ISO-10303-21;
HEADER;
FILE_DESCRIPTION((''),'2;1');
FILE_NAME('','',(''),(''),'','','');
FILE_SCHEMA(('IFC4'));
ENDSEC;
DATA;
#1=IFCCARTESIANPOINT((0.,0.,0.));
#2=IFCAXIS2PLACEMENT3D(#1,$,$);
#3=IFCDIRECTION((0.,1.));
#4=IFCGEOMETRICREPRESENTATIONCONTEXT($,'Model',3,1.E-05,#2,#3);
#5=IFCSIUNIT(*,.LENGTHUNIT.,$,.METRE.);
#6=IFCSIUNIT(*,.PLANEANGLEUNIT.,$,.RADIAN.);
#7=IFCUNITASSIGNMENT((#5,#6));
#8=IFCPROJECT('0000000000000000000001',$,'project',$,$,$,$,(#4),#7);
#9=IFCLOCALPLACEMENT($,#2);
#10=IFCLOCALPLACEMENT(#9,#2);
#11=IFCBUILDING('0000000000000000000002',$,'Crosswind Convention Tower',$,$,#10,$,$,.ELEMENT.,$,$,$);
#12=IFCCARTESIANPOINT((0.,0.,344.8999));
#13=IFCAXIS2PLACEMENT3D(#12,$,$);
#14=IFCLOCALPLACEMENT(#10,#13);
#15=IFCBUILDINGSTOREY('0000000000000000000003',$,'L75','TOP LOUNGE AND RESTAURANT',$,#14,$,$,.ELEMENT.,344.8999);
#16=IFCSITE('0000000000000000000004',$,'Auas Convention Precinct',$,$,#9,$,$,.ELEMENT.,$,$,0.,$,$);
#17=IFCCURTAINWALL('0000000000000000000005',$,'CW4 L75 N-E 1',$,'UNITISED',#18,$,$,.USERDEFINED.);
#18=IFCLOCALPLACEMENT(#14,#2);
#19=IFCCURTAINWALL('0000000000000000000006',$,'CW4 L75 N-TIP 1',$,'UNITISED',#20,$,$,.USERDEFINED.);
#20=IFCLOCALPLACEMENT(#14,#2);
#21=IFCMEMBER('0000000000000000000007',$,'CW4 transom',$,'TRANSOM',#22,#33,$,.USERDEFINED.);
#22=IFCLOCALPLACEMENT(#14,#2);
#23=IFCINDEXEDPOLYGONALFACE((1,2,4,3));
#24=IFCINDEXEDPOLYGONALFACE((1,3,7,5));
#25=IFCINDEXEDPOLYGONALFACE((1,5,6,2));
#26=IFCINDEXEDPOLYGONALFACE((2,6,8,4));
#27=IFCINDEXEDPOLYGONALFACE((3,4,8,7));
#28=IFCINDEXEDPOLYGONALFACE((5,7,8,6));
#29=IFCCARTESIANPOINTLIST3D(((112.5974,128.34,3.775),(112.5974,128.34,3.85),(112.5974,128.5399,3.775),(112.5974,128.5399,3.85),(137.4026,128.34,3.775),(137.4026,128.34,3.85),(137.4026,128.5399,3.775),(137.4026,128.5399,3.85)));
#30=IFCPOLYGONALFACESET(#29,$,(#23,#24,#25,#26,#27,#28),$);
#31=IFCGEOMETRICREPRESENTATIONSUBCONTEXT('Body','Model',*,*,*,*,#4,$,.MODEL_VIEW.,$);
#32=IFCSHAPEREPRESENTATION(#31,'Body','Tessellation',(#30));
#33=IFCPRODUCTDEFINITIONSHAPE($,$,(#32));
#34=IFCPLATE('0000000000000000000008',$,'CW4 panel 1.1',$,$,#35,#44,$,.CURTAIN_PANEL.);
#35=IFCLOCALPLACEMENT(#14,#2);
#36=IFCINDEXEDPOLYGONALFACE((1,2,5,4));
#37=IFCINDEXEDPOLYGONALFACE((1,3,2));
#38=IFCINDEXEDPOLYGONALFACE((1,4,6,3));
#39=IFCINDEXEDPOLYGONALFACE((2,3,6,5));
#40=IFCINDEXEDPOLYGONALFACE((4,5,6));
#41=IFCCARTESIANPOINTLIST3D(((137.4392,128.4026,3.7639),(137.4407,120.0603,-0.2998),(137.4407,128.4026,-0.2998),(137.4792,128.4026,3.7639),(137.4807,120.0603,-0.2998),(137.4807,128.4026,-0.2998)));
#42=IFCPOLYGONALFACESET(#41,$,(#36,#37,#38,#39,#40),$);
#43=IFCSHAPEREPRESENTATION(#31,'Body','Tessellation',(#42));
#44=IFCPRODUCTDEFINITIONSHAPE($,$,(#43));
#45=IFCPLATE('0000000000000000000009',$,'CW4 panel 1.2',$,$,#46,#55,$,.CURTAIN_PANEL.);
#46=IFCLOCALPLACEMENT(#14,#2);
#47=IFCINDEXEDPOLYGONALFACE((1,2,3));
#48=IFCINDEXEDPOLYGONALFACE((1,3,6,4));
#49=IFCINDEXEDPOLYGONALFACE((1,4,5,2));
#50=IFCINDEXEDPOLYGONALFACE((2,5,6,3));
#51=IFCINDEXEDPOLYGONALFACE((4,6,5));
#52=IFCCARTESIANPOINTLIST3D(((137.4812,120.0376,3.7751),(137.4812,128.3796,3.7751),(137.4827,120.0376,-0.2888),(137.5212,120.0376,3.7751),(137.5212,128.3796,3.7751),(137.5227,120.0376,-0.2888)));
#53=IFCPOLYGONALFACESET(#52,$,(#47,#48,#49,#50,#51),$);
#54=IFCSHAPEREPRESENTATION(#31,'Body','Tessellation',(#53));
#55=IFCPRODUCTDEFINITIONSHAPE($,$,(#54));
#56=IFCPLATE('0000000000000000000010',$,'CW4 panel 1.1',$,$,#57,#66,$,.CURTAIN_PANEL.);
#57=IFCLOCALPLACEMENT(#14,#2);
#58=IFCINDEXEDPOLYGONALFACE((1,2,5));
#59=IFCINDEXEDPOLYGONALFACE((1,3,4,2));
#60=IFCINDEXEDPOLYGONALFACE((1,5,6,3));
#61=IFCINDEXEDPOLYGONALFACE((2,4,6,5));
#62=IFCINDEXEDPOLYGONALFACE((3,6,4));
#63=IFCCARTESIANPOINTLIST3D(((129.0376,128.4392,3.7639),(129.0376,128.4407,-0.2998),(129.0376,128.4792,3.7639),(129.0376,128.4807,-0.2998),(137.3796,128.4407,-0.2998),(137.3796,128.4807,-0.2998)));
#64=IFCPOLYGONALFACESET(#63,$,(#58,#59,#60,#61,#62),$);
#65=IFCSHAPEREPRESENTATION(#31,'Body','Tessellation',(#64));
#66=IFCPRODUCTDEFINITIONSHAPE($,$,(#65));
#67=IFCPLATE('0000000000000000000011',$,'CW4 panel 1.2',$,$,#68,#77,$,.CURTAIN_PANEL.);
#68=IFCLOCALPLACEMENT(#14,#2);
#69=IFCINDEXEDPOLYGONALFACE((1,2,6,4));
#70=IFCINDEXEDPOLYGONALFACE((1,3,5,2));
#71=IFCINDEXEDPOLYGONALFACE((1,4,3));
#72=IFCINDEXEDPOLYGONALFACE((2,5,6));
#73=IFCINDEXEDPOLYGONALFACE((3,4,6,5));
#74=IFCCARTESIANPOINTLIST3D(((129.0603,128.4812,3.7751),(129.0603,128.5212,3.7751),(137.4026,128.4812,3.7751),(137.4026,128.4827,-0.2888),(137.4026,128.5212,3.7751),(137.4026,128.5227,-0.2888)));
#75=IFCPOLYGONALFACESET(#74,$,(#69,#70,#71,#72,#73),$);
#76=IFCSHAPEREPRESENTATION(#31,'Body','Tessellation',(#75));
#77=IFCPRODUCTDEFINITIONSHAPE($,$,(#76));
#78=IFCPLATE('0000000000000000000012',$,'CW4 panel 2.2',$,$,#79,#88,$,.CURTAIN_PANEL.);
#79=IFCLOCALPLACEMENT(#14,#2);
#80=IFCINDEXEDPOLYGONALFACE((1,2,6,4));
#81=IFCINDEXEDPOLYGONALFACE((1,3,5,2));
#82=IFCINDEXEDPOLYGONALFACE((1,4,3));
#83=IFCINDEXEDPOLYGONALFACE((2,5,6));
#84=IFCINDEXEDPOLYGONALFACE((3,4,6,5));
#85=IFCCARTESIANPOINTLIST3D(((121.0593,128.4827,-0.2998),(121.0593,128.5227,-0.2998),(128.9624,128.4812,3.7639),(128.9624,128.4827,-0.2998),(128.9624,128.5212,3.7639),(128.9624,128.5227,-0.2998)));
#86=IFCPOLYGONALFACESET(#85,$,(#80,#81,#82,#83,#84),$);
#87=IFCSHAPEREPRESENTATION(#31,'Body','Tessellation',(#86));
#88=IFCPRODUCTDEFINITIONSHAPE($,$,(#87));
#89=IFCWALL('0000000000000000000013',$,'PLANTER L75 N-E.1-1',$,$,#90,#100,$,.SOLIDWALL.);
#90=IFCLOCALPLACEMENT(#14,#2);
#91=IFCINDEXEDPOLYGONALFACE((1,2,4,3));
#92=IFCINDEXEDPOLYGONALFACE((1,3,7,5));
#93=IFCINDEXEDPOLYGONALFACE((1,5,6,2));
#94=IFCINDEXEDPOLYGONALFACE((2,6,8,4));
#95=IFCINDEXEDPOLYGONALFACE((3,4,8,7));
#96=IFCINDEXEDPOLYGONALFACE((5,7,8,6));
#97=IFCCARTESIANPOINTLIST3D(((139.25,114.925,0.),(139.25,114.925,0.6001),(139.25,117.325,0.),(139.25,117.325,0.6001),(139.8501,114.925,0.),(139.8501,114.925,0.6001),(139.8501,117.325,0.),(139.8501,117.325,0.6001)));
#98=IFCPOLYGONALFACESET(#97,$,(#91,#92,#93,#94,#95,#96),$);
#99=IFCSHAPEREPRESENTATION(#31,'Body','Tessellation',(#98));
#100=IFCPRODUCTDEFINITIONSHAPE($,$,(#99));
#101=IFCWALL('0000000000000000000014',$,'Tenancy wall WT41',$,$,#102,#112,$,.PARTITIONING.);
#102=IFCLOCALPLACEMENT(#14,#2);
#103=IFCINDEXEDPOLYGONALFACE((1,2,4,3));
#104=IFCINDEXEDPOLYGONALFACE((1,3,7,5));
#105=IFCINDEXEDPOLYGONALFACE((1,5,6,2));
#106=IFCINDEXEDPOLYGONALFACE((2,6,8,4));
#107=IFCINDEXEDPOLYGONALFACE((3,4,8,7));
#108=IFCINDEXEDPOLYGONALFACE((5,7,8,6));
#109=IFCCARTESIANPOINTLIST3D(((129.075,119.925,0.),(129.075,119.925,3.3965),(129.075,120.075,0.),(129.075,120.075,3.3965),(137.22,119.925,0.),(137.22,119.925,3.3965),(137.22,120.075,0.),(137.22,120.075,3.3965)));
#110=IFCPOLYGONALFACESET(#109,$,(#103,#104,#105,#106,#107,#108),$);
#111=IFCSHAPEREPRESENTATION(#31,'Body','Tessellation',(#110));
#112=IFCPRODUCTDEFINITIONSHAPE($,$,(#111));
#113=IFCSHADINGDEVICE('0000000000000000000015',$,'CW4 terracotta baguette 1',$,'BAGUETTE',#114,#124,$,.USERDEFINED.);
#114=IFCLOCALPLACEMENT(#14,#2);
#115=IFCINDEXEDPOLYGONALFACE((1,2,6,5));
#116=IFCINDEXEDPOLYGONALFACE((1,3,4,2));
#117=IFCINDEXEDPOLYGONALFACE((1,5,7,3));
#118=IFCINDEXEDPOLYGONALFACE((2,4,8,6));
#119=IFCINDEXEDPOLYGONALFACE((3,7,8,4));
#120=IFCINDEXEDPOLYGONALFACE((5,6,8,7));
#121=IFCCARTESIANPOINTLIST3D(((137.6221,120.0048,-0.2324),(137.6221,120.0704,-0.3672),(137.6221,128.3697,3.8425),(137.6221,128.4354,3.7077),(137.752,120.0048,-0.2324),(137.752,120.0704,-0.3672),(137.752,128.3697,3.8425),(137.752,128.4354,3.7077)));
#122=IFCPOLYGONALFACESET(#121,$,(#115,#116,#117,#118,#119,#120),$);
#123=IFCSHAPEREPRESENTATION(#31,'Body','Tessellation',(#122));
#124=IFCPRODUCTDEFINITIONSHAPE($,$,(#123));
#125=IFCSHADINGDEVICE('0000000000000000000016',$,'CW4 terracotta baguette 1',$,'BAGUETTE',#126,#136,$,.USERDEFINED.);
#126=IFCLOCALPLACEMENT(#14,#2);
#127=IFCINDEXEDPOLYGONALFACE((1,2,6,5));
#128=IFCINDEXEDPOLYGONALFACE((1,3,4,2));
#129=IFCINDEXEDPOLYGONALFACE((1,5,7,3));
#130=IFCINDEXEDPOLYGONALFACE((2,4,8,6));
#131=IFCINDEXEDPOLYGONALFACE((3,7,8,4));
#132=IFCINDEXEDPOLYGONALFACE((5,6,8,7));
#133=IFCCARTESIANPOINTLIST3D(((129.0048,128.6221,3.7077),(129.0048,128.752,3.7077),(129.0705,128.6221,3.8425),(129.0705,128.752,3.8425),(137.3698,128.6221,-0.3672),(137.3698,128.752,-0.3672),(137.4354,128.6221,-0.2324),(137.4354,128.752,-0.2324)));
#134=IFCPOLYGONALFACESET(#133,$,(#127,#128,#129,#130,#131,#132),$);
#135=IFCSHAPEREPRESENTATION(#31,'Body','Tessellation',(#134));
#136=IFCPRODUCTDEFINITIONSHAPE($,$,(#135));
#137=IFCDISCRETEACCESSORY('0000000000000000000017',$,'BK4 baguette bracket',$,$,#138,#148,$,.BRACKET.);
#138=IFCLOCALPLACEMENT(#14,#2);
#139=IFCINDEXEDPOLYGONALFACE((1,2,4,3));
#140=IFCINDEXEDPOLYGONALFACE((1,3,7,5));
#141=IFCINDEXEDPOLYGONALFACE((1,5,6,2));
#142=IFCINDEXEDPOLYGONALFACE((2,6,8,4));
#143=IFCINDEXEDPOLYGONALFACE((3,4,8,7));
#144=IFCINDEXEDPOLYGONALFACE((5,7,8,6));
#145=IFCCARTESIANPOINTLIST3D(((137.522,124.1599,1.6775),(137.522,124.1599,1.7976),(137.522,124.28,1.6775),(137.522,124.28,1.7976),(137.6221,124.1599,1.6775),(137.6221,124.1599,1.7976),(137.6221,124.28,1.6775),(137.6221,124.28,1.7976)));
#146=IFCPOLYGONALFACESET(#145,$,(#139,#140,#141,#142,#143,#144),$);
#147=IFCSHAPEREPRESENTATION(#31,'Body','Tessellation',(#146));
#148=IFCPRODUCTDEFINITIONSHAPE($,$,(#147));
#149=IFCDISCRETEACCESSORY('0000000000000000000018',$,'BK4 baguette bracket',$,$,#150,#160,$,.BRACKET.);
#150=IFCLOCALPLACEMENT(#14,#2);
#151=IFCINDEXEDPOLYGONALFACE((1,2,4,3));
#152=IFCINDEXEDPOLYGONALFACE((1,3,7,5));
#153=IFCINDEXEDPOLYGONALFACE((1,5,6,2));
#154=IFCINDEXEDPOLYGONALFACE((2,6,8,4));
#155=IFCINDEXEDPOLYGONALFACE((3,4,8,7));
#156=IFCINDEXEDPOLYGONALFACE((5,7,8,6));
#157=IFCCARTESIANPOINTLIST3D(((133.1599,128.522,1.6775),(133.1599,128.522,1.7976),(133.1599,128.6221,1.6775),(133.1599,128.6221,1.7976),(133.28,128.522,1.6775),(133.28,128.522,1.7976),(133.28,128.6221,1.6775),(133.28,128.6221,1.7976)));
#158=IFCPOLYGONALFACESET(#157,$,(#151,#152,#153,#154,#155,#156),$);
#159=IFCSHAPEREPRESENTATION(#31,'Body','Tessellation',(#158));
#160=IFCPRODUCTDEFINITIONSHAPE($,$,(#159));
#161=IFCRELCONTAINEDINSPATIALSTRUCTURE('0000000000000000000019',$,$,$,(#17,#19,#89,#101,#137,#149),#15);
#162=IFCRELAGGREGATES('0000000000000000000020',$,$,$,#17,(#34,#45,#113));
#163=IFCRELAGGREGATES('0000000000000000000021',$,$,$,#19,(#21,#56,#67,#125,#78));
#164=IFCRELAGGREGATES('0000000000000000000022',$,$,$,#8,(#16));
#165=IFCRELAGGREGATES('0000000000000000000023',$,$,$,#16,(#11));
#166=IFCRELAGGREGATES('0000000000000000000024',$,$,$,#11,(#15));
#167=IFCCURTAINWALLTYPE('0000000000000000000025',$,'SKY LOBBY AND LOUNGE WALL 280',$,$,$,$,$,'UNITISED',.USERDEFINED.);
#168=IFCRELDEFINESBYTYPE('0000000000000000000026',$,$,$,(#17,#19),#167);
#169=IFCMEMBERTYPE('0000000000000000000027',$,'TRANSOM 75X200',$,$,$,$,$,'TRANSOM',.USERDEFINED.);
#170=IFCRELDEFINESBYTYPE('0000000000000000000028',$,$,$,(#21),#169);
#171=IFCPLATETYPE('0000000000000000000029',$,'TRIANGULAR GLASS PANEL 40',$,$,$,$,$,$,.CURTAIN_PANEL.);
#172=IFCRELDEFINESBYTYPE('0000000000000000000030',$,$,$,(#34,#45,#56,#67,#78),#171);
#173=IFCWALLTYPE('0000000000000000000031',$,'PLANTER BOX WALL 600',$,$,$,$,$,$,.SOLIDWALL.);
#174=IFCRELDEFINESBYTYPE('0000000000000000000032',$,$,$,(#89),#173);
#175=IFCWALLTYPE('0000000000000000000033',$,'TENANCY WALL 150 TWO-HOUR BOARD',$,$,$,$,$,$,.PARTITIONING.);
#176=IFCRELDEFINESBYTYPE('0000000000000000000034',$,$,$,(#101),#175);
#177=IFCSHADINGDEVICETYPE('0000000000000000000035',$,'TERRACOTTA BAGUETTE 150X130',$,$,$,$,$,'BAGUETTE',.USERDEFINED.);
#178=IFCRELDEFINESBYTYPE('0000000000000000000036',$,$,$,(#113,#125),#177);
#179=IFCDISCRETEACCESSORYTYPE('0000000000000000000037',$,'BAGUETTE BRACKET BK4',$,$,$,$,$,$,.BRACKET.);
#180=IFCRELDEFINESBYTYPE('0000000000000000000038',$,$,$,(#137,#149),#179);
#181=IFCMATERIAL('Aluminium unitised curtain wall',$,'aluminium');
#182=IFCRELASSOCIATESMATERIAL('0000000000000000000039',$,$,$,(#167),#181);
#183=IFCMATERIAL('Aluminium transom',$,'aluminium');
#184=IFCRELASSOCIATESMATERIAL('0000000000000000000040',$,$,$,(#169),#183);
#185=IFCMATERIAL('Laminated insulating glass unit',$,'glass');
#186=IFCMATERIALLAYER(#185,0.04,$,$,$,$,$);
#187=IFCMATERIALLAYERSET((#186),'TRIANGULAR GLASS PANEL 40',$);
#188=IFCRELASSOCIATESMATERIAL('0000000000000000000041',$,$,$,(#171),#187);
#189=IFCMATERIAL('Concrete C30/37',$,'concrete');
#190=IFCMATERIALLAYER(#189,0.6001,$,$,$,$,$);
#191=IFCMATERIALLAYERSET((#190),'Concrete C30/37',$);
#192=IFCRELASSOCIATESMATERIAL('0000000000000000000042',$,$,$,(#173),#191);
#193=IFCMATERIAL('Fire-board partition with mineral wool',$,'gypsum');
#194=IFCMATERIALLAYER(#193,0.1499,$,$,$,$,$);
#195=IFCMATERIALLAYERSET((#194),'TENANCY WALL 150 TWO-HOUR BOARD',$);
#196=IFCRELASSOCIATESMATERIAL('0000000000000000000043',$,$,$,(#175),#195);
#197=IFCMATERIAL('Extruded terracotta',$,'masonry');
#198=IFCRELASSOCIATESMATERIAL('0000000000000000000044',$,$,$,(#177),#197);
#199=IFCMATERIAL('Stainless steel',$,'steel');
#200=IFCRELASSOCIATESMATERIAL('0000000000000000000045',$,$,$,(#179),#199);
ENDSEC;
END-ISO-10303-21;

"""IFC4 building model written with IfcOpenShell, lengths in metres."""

from ifc_helpers import new_model, si_unit, direction, frame, frame_2d, origin, origin_2d, place, context, subcontext, project, spatial, polyline, rectangle, outline, extrude, material, layer, layer_set, material_profile, profile_set, type_object, element, aggregate, save


model = new_model("IFC4")

# Units and contexts
model_context = context("Model", 3, precision=1e-05, world=origin(), true_north=direction((0.0, 1.0)))
body_context = subcontext(model_context, "Body", "Model", "MODEL_VIEW")
ifc_project = project(units=[si_unit("LENGTHUNIT", "METRE"), si_unit("PLANEANGLEUNIT", "RADIAN")], contexts=[model_context])

# Site, building, storey
site_placement = place(None, origin())
site = spatial("IfcSite", under=ifc_project, at=site_placement, Name="Auas Convention Precinct", CompositionType="ELEMENT", RefElevation=0.0)
building_placement = place(site_placement, origin())
building = spatial("IfcBuilding", under=site, at=building_placement, Name="Crosswind Convention Tower", CompositionType="ELEMENT")
storey_placement = place(building_placement, frame((0.0, 0.0, 344.8999)))
storey = spatial("IfcBuildingStorey", under=building, at=storey_placement, Name="L75", Description="TOP LOUNGE AND RESTAURANT", CompositionType="ELEMENT", Elevation=344.8999)

# Curtain wall
ifc_material_1 = material(Name="Aluminium unitised curtain wall", Category="aluminium")
curtain_wall_type = type_object("IfcCurtainWallType", Name="SKY LOBBY AND LOUNGE WALL 280", ElementType="UNITISED", PredefinedType="USERDEFINED", material=ifc_material_1)
curtain_wall_1_placement = place(storey_placement, origin())
curtain_wall_1 = element("IfcCurtainWall", 1, at=curtain_wall_1_placement, inside=storey, type_object=curtain_wall_type, Name="CW4 L75 N-E 1", ObjectType="UNITISED", PredefinedType="USERDEFINED")

# Curtain wall
curtain_wall_2_placement = place(storey_placement, origin())
curtain_wall_2 = element("IfcCurtainWall", 2, at=curtain_wall_2_placement, inside=storey, type_object=curtain_wall_type, Name="CW4 L75 N-TIP 1", ObjectType="UNITISED", PredefinedType="USERDEFINED")

# Member
ifc_material_2 = material(Name="Aluminium transom", Category="aluminium")
ifc_material_profile_1 = material_profile(ifc_material_2, rectangle(XDim=0.2, YDim=0.075, at=origin_2d()), Name="AL 200X75")
ifc_profile_set_1 = profile_set([ifc_material_profile_1], Name="Aluminium transom")
member_type_1 = type_object("IfcMemberType", Name="TRANSOM 75X200", ElementType="TRANSOM", PredefinedType="USERDEFINED", material=ifc_profile_set_1)
member_1_placement = place(storey_placement, frame((137.4026, 128.4399, 3.8125), z_axis=(-1.0, 0.0, 0.0), x_axis=(0.0, -1.0, 0.0)))
member_1 = element("IfcMember", 3, at=member_1_placement, type_object=member_type_1, Name="CW4 transom", ObjectType="TRANSOM", PredefinedType="USERDEFINED", context=body_context, shape_type="SweptSolid", body=[
    extrude(rectangle(XDim=0.2, YDim=0.075, at=origin_2d()), origin(), (0.0, 0.0, 1.0), 24.8052),
])

# Plates
ifc_material_3 = material(Name="Laminated insulating glass unit", Category="glass")
ifc_layer_1 = layer(ifc_material_3, 0.04)
ifc_layer_set_1 = layer_set([ifc_layer_1], Name="TRIANGULAR GLASS PANEL 40")
plate_type = type_object("IfcPlateType", Name="TRIANGULAR GLASS PANEL 40", PredefinedType="CURTAIN_PANEL", material=ifc_layer_set_1)
plate_1_placement = place(storey_placement, frame((137.4807, 128.4026, -0.2998), z_axis=(1.0, 0.0, 0.00036), x_axis=(-0.00036, 0.0, 1.0)))
plate_1 = element("IfcPlate", 4, at=plate_1_placement, type_object=plate_type, Name="CW4 panel 1.1", PredefinedType="CURTAIN_PANEL", context=body_context, shape_type="SweptSolid", body=[
    extrude(outline(polyline([(0.0, 0.0), (4.0637, 0.0), (0.0, 8.3423), (0.0, 0.0)])), origin(), (0.0, 0.0, -1.0), 0.04),
])
plate_2_placement = place(storey_placement, frame((137.5212, 120.0376, 3.7751), z_axis=(1.0, 0.0, 0.00036), x_axis=(0.00036, 0.0, -1.0)))
plate_2 = element("IfcPlate", 5, at=plate_2_placement, type_object=plate_type, Name="CW4 panel 1.2", PredefinedType="CURTAIN_PANEL", context=body_context, shape_type="SweptSolid", body=[
    extrude(outline(polyline([(0.0, 0.0), (4.064, 0.0), (0.0, 8.342), (0.0, 0.0)])), origin(), (0.0, 0.0, -1.0), 0.04),
])
plate_3_placement = place(storey_placement, frame((129.0376, 128.4807, -0.2998), z_axis=(0.0, 1.0, 0.00036), x_axis=(0.0, -0.00036, 1.0)))
plate_3 = element("IfcPlate", 6, at=plate_3_placement, type_object=plate_type, Name="CW4 panel 1.1", PredefinedType="CURTAIN_PANEL", context=body_context, shape_type="SweptSolid", body=[
    extrude(outline(polyline([(0.0, 0.0), (4.0637, 0.0), (0.0, 8.342), (0.0, 0.0)])), origin(), (0.0, 0.0, -1.0), 0.04),
])
plate_4_placement = place(storey_placement, frame((137.4026, 128.5212, 3.7751), z_axis=(0.0, 1.0, 0.00036), x_axis=(0.0, 0.00036, -1.0)))
plate_4 = element("IfcPlate", 7, at=plate_4_placement, type_object=plate_type, Name="CW4 panel 1.2", PredefinedType="CURTAIN_PANEL", context=body_context, shape_type="SweptSolid", body=[
    extrude(outline(polyline([(0.0, 0.0), (4.064, 0.0), (0.0, 8.3423), (0.0, 0.0)])), origin(), (0.0, 0.0, -1.0), 0.04),
])
plate_5_placement = place(storey_placement, frame((128.9624, 128.5227, -0.2998), z_axis=(0.0, 1.0, 0.00036), x_axis=(-1.0, 0.0, 0.0)))
plate_5 = element("IfcPlate", 8, at=plate_5_placement, type_object=plate_type, Name="CW4 panel 2.2", PredefinedType="CURTAIN_PANEL", context=body_context, shape_type="SweptSolid", body=[
    extrude(outline(polyline([(0.0, 0.0), (7.9031, 0.0), (0.0, 4.0637), (0.0, 0.0)])), origin(), (0.0, 0.0, -1.0), 0.04),
])

# Walls
ifc_material_4 = material(Name="Concrete C30/37", Category="concrete")
ifc_layer_2 = layer(ifc_material_4, 0.6001)
ifc_layer_set_2 = layer_set([ifc_layer_2], Name="Concrete C30/37")
wall_type_1 = type_object("IfcWallType", Name="PLANTER BOX WALL 600", PredefinedType="SOLIDWALL", material=ifc_layer_set_2)
wall_1_placement = place(storey_placement, frame((139.55, 114.925, 0.0), z_axis=(0.0, 0.0, 1.0), x_axis=(0.0, 1.0, 0.0)))
element("IfcWall", 9, at=wall_1_placement, inside=storey, type_object=wall_type_1, Name="PLANTER L75 N-E.1-1", PredefinedType="SOLIDWALL", context=body_context, shape_type="SweptSolid", body=[
    extrude(rectangle(XDim=2.3999, YDim=0.6001, at=frame_2d((1.2, 0.0))), origin(), (0.0, 0.0, 1.0), 0.6001),
])
ifc_material_5 = material(Name="Fire-board partition with mineral wool", Category="gypsum")
ifc_layer_3 = layer(ifc_material_5, 0.1499)
ifc_layer_set_3 = layer_set([ifc_layer_3], Name="TENANCY WALL 150 TWO-HOUR BOARD")
wall_type_2 = type_object("IfcWallType", Name="TENANCY WALL 150 TWO-HOUR BOARD", PredefinedType="PARTITIONING", material=ifc_layer_set_3)
wall_2_placement = place(storey_placement, frame((129.075, 120.0, 0.0), z_axis=(0.0, 0.0, 1.0), x_axis=(1.0, 0.0, 0.0)))
element("IfcWall", 10, at=wall_2_placement, inside=storey, type_object=wall_type_2, Name="Tenancy wall WT41", PredefinedType="PARTITIONING", context=body_context, shape_type="SweptSolid", body=[
    extrude(rectangle(XDim=8.145, YDim=0.1499, at=frame_2d((4.0725, 0.0))), origin(), (0.0, 0.0, 1.0), 3.3965),
])

# Shading devices
ifc_material_6 = material(Name="Extruded terracotta", Category="masonry")
ifc_material_profile_2 = material_profile(ifc_material_6, rectangle(XDim=0.1299, YDim=0.1499, at=origin_2d()), Name="TC 130X150")
ifc_profile_set_2 = profile_set([ifc_material_profile_2], Name="Extruded terracotta")
shading_device_type = type_object("IfcShadingDeviceType", Name="TERRACOTTA BAGUETTE 150X130", ElementType="BAGUETTE", PredefinedType="USERDEFINED", material=ifc_profile_set_2)
shading_device_1_placement = place(storey_placement, frame((137.687, 120.0376, -0.2998), z_axis=(0.0, 0.899003, 0.437943), x_axis=(-1.0, 0.0, 0.0)))
shading_device_1 = element("IfcShadingDevice", 11, at=shading_device_1_placement, type_object=shading_device_type, Name="CW4 terracotta baguette 1", ObjectType="BAGUETTE", PredefinedType="USERDEFINED", context=body_context, shape_type="SweptSolid", body=[
    extrude(rectangle(XDim=0.1299, YDim=0.1499, at=origin_2d()), origin(), (0.0, 0.0, 1.0), 9.3047),
])
aggregate(curtain_wall_1, [plate_1, plate_2, shading_device_1])
shading_device_2_placement = place(storey_placement, frame((137.4026, 128.687, -0.2998), z_axis=(-0.899003, 0.0, 0.437943), x_axis=(0.0, -1.0, 0.0)))
shading_device_2 = element("IfcShadingDevice", 12, at=shading_device_2_placement, type_object=shading_device_type, Name="CW4 terracotta baguette 1", ObjectType="BAGUETTE", PredefinedType="USERDEFINED", context=body_context, shape_type="SweptSolid", body=[
    extrude(rectangle(XDim=0.1299, YDim=0.1499, at=origin_2d()), origin(), (0.0, 0.0, 1.0), 9.3047),
])
aggregate(curtain_wall_2, [member_1, plate_3, plate_4, shading_device_2, plate_5])

# Discrete accessories
ifc_material_7 = material(Name="Stainless steel", Category="steel")
discrete_accessory_type = type_object("IfcDiscreteAccessoryType", Name="BAGUETTE BRACKET BK4", PredefinedType="BRACKET", material=ifc_material_7)
for number, where, z_axis, x_axis, name in (
    (13, (137.572, 124.22, 1.6775), (0.0, 0.0, 1.0), (0.0, 1.0, 0.0), "BK4 baguette bracket"),
    (14, (133.22, 128.572, 1.6775), (0.0, 0.0, 1.0), (-1.0, 0.0, 0.0), "BK4 baguette bracket"),
):
    element("IfcDiscreteAccessory", number, at=place(storey_placement, frame(where, z_axis=z_axis, x_axis=x_axis)), inside=storey, type_object=discrete_accessory_type, Name=name, PredefinedType="BRACKET", context=body_context, shape_type="SweptSolid", body=[
        extrude(rectangle(XDim=0.1201, YDim=0.1001, at=origin_2d()), origin(), (0.0, 0.0, 1.0), 0.1201),
    ])

save(model, "model.ifc")
